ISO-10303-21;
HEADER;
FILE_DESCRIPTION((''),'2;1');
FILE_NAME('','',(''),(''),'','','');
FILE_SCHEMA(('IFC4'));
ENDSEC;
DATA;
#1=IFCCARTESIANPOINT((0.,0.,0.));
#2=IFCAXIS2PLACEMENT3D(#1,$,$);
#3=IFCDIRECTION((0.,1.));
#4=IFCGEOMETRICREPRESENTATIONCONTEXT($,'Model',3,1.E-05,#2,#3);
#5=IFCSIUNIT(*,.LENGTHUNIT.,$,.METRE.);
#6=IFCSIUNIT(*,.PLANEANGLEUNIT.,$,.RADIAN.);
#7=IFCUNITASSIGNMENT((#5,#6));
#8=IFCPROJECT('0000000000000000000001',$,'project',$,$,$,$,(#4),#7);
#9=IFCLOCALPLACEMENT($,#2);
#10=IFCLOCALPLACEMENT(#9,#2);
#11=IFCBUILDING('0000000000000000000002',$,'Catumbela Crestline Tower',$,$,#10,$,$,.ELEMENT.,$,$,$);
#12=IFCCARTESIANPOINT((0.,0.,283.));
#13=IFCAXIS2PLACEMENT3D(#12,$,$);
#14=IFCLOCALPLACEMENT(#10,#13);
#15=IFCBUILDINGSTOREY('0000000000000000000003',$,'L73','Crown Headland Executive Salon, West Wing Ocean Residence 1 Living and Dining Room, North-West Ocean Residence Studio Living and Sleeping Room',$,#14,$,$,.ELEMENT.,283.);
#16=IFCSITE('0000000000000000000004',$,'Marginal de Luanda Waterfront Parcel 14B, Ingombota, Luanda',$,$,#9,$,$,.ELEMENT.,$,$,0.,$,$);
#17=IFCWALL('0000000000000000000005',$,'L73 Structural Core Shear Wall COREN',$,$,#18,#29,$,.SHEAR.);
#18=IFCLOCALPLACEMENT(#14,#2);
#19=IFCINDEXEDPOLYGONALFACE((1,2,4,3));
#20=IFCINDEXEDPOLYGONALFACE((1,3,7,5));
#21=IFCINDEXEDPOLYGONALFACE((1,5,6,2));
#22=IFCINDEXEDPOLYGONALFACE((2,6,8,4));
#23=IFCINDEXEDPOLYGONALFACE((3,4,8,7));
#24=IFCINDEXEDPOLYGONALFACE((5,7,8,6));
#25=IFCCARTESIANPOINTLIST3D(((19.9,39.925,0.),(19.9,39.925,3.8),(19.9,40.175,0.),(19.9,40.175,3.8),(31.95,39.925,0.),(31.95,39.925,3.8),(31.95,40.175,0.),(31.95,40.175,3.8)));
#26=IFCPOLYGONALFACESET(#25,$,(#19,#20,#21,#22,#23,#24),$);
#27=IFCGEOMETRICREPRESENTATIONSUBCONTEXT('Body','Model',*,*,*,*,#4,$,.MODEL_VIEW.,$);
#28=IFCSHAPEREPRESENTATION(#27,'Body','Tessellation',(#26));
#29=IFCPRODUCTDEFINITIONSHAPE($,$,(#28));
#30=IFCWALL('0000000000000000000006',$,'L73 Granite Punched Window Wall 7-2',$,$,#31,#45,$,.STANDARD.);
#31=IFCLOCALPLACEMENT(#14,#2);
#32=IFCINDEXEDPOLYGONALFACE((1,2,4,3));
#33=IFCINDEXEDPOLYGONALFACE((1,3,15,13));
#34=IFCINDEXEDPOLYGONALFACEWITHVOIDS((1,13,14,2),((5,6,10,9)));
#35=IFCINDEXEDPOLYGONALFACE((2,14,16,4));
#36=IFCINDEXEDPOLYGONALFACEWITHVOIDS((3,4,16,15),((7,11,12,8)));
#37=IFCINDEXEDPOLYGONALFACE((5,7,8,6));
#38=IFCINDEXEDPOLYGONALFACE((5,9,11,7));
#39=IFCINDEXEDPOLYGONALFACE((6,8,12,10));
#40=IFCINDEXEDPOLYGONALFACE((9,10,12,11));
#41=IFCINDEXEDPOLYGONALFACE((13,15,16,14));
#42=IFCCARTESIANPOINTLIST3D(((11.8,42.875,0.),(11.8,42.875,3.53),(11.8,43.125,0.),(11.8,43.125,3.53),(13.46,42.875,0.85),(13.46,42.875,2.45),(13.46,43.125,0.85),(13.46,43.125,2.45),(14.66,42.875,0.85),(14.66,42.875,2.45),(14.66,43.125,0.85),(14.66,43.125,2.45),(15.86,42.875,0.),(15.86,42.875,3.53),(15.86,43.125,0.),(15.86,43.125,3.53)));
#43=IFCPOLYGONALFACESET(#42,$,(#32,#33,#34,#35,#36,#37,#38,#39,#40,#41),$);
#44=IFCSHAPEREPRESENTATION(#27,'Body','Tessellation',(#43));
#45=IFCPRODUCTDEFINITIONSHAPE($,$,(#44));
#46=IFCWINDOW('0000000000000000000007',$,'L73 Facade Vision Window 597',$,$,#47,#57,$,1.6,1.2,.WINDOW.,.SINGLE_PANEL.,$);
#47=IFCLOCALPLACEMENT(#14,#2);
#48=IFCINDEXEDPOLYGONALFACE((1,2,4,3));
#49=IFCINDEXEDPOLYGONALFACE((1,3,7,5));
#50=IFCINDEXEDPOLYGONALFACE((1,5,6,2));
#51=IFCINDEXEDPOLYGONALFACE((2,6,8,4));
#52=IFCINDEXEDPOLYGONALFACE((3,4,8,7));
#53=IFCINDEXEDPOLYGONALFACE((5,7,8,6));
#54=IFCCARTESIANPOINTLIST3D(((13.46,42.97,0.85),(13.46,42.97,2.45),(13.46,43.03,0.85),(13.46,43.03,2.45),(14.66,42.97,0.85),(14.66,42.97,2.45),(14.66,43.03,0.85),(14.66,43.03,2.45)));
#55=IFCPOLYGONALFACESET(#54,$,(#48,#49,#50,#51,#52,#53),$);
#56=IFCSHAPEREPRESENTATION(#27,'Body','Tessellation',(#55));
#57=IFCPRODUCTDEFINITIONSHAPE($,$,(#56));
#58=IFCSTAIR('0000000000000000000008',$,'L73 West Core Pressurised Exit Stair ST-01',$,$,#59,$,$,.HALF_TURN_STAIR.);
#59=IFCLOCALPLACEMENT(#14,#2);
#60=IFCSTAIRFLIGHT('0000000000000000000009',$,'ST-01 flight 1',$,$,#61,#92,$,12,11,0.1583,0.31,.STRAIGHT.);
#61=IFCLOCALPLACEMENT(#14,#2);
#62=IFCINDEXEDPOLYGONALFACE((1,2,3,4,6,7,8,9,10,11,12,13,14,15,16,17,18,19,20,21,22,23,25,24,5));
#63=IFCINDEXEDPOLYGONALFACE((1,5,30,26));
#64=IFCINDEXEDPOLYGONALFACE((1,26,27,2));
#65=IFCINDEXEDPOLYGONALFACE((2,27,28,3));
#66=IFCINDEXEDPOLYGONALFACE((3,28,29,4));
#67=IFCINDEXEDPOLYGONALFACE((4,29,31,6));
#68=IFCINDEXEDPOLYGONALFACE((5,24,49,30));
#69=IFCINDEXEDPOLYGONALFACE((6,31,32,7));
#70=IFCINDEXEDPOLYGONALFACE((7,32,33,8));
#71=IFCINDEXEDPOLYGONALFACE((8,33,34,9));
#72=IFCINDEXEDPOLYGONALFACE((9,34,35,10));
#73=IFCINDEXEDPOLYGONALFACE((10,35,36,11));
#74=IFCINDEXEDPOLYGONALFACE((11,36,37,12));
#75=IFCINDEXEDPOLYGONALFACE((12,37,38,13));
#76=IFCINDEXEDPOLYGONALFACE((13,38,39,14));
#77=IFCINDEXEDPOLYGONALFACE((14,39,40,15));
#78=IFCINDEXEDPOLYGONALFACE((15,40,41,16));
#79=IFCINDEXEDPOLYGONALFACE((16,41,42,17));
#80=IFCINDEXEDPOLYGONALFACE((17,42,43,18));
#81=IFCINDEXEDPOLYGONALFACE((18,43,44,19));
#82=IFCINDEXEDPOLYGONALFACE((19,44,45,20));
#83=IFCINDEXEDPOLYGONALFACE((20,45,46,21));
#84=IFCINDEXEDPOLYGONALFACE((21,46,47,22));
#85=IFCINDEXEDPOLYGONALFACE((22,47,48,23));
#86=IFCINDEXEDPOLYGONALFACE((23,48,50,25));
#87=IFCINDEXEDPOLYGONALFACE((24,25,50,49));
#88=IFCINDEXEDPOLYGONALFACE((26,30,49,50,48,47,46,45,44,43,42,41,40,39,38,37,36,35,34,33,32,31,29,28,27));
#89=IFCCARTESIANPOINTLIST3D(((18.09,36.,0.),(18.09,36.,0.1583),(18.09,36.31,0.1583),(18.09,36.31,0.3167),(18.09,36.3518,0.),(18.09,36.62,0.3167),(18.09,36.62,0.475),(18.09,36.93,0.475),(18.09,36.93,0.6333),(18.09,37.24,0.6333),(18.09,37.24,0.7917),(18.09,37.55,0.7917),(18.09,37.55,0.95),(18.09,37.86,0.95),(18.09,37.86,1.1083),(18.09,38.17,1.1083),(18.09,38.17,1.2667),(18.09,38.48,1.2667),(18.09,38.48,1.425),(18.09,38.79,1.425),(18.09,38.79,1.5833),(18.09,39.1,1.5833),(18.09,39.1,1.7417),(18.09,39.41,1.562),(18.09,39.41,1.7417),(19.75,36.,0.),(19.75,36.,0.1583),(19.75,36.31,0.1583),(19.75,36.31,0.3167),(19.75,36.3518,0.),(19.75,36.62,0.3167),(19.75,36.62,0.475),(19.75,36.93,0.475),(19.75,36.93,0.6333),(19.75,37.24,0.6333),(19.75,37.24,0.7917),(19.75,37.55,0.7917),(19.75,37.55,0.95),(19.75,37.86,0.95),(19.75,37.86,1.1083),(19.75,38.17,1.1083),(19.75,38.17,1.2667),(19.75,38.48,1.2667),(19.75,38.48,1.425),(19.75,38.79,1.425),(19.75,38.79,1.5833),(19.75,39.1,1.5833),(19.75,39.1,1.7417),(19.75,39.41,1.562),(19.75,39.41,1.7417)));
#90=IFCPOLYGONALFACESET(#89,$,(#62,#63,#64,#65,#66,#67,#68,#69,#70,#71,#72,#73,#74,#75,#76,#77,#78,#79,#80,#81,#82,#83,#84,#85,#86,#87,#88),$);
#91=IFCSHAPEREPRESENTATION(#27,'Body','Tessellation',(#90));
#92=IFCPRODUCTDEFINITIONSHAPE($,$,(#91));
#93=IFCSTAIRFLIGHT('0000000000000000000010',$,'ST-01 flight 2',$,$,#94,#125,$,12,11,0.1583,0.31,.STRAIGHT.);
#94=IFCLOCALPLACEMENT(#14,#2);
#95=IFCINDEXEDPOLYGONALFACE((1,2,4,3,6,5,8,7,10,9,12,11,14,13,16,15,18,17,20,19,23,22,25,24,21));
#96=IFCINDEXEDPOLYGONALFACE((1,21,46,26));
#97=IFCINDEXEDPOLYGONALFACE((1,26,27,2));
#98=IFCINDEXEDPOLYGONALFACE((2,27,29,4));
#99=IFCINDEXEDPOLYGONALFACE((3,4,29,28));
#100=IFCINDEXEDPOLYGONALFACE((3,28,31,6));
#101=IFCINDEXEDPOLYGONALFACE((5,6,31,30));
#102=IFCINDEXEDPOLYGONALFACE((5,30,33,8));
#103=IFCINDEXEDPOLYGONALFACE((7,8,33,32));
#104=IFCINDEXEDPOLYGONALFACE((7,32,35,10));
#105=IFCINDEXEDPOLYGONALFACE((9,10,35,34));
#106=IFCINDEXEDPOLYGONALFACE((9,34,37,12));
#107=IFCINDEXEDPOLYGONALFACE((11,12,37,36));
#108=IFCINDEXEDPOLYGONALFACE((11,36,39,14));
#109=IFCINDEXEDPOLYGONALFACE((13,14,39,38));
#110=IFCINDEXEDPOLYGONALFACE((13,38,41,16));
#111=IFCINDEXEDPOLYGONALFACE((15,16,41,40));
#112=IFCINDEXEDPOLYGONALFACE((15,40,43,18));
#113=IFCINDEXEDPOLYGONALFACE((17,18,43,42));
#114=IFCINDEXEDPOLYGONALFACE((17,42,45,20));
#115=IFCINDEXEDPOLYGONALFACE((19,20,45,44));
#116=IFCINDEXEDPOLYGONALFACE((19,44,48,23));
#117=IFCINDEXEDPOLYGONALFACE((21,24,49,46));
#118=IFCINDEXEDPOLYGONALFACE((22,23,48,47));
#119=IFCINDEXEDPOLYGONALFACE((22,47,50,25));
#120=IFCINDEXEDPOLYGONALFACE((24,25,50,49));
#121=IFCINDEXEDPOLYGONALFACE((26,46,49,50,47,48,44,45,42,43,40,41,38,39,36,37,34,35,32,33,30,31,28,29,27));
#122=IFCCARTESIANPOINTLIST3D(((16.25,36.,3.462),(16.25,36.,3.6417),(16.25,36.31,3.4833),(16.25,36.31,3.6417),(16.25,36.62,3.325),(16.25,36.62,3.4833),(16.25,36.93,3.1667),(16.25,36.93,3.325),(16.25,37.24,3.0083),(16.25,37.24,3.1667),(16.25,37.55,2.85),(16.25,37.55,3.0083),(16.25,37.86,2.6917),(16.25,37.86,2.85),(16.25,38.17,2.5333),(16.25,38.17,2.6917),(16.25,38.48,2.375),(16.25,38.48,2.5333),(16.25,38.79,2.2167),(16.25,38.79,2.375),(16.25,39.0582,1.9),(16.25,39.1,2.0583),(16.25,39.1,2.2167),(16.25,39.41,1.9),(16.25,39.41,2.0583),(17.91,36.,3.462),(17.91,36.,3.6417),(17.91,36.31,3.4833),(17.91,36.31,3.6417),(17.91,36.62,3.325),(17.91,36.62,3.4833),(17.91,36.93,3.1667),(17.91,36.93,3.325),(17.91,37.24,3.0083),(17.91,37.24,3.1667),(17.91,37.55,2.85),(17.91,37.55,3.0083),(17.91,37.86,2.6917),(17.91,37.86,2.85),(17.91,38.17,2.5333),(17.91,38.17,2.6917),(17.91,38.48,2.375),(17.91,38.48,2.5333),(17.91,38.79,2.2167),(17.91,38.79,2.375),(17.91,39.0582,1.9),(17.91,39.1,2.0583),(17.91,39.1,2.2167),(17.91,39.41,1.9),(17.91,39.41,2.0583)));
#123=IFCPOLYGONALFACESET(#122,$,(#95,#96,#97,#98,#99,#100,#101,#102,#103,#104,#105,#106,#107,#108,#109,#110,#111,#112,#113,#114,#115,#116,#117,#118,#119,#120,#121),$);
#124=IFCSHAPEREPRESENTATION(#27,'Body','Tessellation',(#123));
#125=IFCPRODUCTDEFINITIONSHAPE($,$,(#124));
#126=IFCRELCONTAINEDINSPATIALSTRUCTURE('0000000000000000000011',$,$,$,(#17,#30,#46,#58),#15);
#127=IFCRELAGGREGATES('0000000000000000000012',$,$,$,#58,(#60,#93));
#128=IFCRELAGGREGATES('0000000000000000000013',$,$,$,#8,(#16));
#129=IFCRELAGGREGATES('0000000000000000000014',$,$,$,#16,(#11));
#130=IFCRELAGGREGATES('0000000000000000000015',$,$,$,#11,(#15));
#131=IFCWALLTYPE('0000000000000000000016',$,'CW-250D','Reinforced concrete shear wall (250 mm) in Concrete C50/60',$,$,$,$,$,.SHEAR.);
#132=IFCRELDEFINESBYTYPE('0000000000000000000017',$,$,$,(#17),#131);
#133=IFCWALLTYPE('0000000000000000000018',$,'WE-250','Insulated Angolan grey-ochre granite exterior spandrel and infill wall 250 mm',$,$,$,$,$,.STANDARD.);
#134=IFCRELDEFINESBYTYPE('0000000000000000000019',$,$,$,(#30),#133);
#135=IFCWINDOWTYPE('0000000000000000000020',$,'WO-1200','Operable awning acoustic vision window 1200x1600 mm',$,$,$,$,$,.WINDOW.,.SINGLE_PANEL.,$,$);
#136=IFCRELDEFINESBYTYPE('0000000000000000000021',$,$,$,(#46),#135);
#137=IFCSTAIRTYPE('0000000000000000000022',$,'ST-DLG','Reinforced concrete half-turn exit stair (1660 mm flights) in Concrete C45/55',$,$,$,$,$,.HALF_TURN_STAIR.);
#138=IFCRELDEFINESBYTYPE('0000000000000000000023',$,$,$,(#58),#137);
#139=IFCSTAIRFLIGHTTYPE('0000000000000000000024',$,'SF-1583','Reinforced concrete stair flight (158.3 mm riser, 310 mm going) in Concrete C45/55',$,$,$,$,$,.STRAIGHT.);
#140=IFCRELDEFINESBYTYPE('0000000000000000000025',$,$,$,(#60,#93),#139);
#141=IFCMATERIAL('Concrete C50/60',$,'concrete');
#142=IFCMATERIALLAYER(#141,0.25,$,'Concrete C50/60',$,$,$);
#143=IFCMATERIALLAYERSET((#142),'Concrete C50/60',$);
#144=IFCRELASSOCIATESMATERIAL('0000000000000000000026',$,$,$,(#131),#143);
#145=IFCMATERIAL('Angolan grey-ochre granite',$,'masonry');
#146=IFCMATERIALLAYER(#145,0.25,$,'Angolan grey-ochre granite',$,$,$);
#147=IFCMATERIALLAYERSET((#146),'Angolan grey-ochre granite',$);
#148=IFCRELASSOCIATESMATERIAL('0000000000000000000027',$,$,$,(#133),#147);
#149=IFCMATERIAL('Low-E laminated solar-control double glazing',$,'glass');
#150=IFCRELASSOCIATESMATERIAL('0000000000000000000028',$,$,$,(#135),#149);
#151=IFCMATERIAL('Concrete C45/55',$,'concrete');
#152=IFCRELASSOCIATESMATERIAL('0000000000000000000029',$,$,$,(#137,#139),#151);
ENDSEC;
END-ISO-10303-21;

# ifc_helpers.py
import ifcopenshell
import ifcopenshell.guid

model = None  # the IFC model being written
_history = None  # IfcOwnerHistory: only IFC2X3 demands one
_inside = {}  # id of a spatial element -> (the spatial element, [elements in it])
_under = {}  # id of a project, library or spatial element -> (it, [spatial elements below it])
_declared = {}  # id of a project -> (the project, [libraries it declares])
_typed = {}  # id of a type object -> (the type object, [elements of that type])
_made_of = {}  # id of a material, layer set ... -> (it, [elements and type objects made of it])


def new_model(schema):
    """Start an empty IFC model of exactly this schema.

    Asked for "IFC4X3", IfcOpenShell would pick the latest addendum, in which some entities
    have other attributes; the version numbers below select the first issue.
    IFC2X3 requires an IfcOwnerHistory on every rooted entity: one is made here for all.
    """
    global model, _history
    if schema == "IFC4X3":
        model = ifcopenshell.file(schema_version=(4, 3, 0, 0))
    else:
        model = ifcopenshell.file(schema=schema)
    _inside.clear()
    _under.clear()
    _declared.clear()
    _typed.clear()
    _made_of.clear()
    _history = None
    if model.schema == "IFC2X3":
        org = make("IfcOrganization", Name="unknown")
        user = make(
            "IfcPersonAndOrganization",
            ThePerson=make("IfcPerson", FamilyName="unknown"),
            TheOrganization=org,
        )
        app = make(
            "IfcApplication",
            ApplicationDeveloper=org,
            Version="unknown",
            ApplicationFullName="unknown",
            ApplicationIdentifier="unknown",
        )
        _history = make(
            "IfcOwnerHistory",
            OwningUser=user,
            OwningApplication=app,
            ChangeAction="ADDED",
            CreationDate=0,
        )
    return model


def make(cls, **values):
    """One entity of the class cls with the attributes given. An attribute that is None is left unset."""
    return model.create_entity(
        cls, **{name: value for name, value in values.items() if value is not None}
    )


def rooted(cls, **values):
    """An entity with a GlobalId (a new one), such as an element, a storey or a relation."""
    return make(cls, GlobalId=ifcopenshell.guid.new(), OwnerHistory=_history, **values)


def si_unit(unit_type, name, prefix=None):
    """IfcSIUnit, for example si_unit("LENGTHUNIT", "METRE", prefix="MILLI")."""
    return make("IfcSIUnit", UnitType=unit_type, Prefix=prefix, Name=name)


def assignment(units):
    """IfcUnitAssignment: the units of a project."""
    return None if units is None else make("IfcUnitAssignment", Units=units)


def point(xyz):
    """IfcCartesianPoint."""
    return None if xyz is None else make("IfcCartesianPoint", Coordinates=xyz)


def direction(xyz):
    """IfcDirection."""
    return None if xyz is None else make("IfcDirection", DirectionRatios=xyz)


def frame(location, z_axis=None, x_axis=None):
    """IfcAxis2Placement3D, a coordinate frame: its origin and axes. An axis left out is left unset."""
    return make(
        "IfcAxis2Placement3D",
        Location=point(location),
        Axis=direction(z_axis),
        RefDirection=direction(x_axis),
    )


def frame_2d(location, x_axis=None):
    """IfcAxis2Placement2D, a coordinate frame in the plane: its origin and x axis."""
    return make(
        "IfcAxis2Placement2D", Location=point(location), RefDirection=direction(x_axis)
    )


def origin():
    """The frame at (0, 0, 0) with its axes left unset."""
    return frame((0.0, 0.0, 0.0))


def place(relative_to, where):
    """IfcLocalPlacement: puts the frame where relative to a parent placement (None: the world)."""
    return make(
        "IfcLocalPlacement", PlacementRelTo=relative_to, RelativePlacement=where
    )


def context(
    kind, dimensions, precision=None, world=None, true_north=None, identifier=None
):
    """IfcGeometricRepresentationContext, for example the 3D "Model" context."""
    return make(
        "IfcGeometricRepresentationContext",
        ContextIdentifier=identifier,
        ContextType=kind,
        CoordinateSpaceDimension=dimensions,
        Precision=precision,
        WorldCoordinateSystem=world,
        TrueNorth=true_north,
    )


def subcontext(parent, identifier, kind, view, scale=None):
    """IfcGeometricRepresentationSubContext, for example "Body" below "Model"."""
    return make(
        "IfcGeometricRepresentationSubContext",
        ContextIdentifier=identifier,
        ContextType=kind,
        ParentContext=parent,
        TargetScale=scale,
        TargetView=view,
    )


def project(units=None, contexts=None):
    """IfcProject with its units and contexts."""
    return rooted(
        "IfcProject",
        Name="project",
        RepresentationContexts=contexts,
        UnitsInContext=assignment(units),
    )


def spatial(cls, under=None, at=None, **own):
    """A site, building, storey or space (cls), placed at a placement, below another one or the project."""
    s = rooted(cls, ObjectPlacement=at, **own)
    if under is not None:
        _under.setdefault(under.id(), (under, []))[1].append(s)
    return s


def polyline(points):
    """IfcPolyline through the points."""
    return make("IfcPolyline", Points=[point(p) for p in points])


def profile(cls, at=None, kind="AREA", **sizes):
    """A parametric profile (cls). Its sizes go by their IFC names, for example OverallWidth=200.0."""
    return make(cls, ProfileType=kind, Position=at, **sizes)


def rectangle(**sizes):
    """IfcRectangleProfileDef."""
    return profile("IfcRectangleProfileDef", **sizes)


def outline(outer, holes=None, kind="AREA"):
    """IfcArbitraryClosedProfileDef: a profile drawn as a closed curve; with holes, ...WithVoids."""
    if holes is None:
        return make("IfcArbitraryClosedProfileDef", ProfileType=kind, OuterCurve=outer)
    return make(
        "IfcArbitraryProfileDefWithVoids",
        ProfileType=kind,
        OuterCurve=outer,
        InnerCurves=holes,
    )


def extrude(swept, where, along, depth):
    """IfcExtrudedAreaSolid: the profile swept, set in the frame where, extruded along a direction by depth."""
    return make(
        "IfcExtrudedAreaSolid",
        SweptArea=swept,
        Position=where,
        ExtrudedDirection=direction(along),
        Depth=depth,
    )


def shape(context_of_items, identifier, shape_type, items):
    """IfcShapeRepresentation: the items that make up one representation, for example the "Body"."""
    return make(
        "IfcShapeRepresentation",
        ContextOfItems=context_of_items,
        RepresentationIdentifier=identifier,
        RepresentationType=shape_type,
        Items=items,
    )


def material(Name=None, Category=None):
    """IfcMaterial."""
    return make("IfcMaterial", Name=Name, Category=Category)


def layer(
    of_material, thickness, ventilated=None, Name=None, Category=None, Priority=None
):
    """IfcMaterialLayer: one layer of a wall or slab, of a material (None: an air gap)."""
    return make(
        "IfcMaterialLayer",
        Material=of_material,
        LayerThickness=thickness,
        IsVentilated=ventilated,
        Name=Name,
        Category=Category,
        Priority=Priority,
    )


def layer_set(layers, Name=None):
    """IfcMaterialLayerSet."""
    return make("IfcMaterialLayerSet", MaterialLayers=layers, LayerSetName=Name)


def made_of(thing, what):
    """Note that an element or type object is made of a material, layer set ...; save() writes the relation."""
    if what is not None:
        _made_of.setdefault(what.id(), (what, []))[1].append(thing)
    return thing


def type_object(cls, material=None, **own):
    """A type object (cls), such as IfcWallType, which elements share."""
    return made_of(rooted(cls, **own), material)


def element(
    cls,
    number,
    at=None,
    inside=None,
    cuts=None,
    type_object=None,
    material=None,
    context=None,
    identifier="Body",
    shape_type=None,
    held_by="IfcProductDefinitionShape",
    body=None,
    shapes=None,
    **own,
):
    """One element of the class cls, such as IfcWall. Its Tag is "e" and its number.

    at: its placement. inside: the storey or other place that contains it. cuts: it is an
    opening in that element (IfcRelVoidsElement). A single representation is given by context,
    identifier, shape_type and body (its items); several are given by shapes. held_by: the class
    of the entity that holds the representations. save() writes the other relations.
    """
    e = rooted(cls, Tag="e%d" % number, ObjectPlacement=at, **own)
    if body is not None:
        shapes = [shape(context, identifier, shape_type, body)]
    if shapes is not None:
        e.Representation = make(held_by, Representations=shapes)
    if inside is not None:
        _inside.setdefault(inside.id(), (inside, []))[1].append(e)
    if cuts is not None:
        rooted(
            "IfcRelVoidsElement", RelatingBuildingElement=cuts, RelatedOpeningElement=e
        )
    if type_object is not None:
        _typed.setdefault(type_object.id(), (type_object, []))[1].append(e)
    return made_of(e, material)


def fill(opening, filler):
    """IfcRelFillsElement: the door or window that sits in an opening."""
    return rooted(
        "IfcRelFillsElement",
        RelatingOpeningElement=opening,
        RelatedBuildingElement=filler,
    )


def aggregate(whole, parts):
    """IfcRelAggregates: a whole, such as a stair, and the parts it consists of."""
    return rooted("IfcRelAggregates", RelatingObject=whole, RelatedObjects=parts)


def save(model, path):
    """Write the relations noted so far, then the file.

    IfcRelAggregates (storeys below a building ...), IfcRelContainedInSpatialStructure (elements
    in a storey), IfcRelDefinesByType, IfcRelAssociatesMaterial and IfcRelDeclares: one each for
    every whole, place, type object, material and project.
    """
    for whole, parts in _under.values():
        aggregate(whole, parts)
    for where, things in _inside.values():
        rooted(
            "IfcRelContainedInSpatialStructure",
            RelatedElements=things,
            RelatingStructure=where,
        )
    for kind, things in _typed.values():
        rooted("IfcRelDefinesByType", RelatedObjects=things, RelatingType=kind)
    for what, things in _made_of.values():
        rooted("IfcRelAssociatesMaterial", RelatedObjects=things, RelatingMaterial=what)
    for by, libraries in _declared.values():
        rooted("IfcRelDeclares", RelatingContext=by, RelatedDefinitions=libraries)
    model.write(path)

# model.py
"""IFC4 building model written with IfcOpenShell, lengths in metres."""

from ifc_helpers import new_model, si_unit, direction, frame, frame_2d, origin, place, context, subcontext, project, spatial, polyline, rectangle, outline, extrude, material, layer, layer_set, type_object, element, fill, aggregate, save


model = new_model("IFC4")

# Units and contexts
model_context = context("Model", 3, precision=1e-05, world=origin(), true_north=direction((0.0, 1.0)))
body_context = subcontext(model_context, "Body", "Model", "MODEL_VIEW")
ifc_project = project(units=[si_unit("LENGTHUNIT", "METRE"), si_unit("PLANEANGLEUNIT", "RADIAN")], contexts=[model_context])

# Site, building, storey
site_placement = place(None, origin())
site = spatial("IfcSite", under=ifc_project, at=site_placement, Name="Marginal de Luanda Waterfront Parcel 14B, Ingombota, Luanda", CompositionType="ELEMENT", RefElevation=0.0)
building_placement = place(site_placement, origin())
building = spatial("IfcBuilding", under=site, at=building_placement, Name="Catumbela Crestline Tower", CompositionType="ELEMENT")
storey_placement = place(building_placement, frame((0.0, 0.0, 283.0)))
storey = spatial("IfcBuildingStorey", under=building, at=storey_placement, Name="L73", Description="Crown Headland Executive Salon, West Wing Ocean Residence 1 Living and Dining Room, North-West Ocean Residence Studio Living and Sleeping Room", CompositionType="ELEMENT", Elevation=283.0)

# Shared definitions
ifc_material_1 = material(Name="Concrete C50/60", Category="concrete")
ifc_layer_1 = layer(ifc_material_1, 0.25, Name="Concrete C50/60")
ifc_layer_set_1 = layer_set([ifc_layer_1], Name="Concrete C50/60")
wall_type_1 = type_object("IfcWallType", Name="CW-250D", Description="Reinforced concrete shear wall (250 mm) in Concrete C50/60", PredefinedType="SHEAR", material=ifc_layer_set_1)

# Wall
wall_1_placement = place(storey_placement, frame((19.9, 40.05, 0.0), z_axis=(0.0, 0.0, 1.0), x_axis=(1.0, 0.0, 0.0)))
element("IfcWall", 1, at=wall_1_placement, inside=storey, type_object=wall_type_1, Name="L73 Structural Core Shear Wall COREN", PredefinedType="SHEAR", context=body_context, shape_type="SweptSolid", body=[
    extrude(rectangle(XDim=12.05, YDim=0.25, at=frame_2d((6.025, 0.0))), origin(), (0.0, 0.0, 1.0), 3.8),
])

# Wall, opening, window
ifc_material_2 = material(Name="Angolan grey-ochre granite", Category="masonry")
ifc_layer_2 = layer(ifc_material_2, 0.25, Name="Angolan grey-ochre granite")
ifc_layer_set_2 = layer_set([ifc_layer_2], Name="Angolan grey-ochre granite")
wall_type_2 = type_object("IfcWallType", Name="WE-250", Description="Insulated Angolan grey-ochre granite exterior spandrel and infill wall 250 mm", PredefinedType="STANDARD", material=ifc_layer_set_2)
wall_2_placement = place(storey_placement, frame((15.86, 43.0, 0.0), z_axis=(0.0, 0.0, 1.0), x_axis=(-1.0, 0.0, 0.0)))
wall_2 = element("IfcWall", 2, at=wall_2_placement, inside=storey, type_object=wall_type_2, Name="L73 Granite Punched Window Wall 7-2", PredefinedType="STANDARD", context=body_context, shape_type="SweptSolid", body=[
    extrude(rectangle(XDim=4.06, YDim=0.25, at=frame_2d((2.03, 0.0))), origin(), (0.0, 0.0, 1.0), 3.53),
])
opening_1_placement = place(wall_2_placement, frame((1.2, 0.0, 0.85)))
opening_1 = element("IfcOpeningElement", 3, at=opening_1_placement, cuts=wall_2, PredefinedType="OPENING", context=body_context, shape_type="SweptSolid", body=[
    extrude(rectangle(XDim=1.2, YDim=1.6, at=frame_2d((0.6, 0.8))), frame((0.0, 0.135, 0.0), z_axis=(0.0, -1.0, 0.0), x_axis=(1.0, 0.0, 0.0)), (0.0, 0.0, 1.0), 0.27),
])
ifc_material_3 = material(Name="Low-E laminated solar-control double glazing", Category="glass")
window_type = type_object("IfcWindowType", Name="WO-1200", Description="Operable awning acoustic vision window 1200x1600 mm", PartitioningType="SINGLE_PANEL", PredefinedType="WINDOW", material=ifc_material_3)
window_placement = place(opening_1_placement, origin())
window = element("IfcWindow", 4, at=window_placement, inside=storey, type_object=window_type, Name="L73 Facade Vision Window 597", OverallHeight=1.6, OverallWidth=1.2, PartitioningType="SINGLE_PANEL", PredefinedType="WINDOW", context=body_context, shape_type="SweptSolid", body=[
    extrude(rectangle(XDim=1.2, YDim=1.6, at=frame_2d((0.6, 0.8))), frame((0.0, 0.03, 0.0), z_axis=(0.0, -1.0, 0.0), x_axis=(1.0, 0.0, 0.0)), (0.0, 0.0, 1.0), 0.06),
])
fill(opening_1, window)

# Stair, stair flights
ifc_material_4 = material(Name="Concrete C45/55", Category="concrete")
stair_type = type_object("IfcStairType", Name="ST-DLG", Description="Reinforced concrete half-turn exit stair (1660 mm flights) in Concrete C45/55", PredefinedType="HALF_TURN_STAIR", material=ifc_material_4)
stair_placement = place(storey_placement, origin())
stair = element("IfcStair", 5, at=stair_placement, inside=storey, type_object=stair_type, Name="L73 West Core Pressurised Exit Stair ST-01", PredefinedType="HALF_TURN_STAIR")
stair_flight_type = type_object("IfcStairFlightType", Name="SF-1583", Description="Reinforced concrete stair flight (158.3 mm riser, 310 mm going) in Concrete C45/55", PredefinedType="STRAIGHT", material=ifc_material_4)
stair_flight_1_placement = place(storey_placement, frame((18.92, 36.0, 0.0), z_axis=(0.0, 0.0, 1.0), x_axis=(0.0, 1.0, 0.0)))
stair_flight_1 = element("IfcStairFlight", 6, at=stair_flight_1_placement, type_object=stair_flight_type, Name="ST-01 flight 1", NumberOfRisers=12, NumberOfTreads=11, PredefinedType="STRAIGHT", RiserHeight=0.1583, TreadLength=0.31, context=body_context, shape_type="SweptSolid", body=[
    extrude(outline(polyline([(0.0, 0.0), (0.0, 0.1583), (0.31, 0.1583), (0.31, 0.3167), (0.62, 0.3167), (0.62, 0.475), (0.93, 0.475), (0.93, 0.6333), (1.24, 0.6333), (1.24, 0.7917), (1.55, 0.7917), (1.55, 0.95), (1.86, 0.95), (1.86, 1.1083), (2.17, 1.1083), (2.17, 1.2667), (2.48, 1.2667), (2.48, 1.425), (2.79, 1.425), (2.79, 1.5833), (3.1, 1.5833), (3.1, 1.7417), (3.41, 1.7417), (3.41, 1.9), (3.41, 1.562), (0.3518, 0.0), (0.0, 0.0)])), frame((0.0, 0.83, 0.0), z_axis=(0.0, -1.0, 0.0), x_axis=(1.0, 0.0, 0.0)), (0.0, 0.0, 1.0), 1.66),
])
stair_flight_2_placement = place(storey_placement, frame((17.08, 39.41, 1.9), z_axis=(0.0, 0.0, 1.0), x_axis=(0.0, -1.0, 0.0)))
stair_flight_2 = element("IfcStairFlight", 7, at=stair_flight_2_placement, type_object=stair_flight_type, Name="ST-01 flight 2", NumberOfRisers=12, NumberOfTreads=11, PredefinedType="STRAIGHT", RiserHeight=0.1583, TreadLength=0.31, context=body_context, shape_type="SweptSolid", body=[
    extrude(outline(polyline([(0.0, 0.0), (0.0, 0.1583), (0.31, 0.1583), (0.31, 0.3167), (0.62, 0.3167), (0.62, 0.475), (0.93, 0.475), (0.93, 0.6333), (1.24, 0.6333), (1.24, 0.7917), (1.55, 0.7917), (1.55, 0.95), (1.86, 0.95), (1.86, 1.1083), (2.17, 1.1083), (2.17, 1.2667), (2.48, 1.2667), (2.48, 1.425), (2.79, 1.425), (2.79, 1.5833), (3.1, 1.5833), (3.1, 1.7417), (3.41, 1.7417), (3.41, 1.9), (3.41, 1.562), (0.3518, 0.0), (0.0, 0.0)])), frame((0.0, 0.83, 0.0), z_axis=(0.0, -1.0, 0.0), x_axis=(1.0, 0.0, 0.0)), (0.0, 0.0, 1.0), 1.66),
])
aggregate(stair, [stair_flight_1, stair_flight_2])

save(model, "model.ifc")
